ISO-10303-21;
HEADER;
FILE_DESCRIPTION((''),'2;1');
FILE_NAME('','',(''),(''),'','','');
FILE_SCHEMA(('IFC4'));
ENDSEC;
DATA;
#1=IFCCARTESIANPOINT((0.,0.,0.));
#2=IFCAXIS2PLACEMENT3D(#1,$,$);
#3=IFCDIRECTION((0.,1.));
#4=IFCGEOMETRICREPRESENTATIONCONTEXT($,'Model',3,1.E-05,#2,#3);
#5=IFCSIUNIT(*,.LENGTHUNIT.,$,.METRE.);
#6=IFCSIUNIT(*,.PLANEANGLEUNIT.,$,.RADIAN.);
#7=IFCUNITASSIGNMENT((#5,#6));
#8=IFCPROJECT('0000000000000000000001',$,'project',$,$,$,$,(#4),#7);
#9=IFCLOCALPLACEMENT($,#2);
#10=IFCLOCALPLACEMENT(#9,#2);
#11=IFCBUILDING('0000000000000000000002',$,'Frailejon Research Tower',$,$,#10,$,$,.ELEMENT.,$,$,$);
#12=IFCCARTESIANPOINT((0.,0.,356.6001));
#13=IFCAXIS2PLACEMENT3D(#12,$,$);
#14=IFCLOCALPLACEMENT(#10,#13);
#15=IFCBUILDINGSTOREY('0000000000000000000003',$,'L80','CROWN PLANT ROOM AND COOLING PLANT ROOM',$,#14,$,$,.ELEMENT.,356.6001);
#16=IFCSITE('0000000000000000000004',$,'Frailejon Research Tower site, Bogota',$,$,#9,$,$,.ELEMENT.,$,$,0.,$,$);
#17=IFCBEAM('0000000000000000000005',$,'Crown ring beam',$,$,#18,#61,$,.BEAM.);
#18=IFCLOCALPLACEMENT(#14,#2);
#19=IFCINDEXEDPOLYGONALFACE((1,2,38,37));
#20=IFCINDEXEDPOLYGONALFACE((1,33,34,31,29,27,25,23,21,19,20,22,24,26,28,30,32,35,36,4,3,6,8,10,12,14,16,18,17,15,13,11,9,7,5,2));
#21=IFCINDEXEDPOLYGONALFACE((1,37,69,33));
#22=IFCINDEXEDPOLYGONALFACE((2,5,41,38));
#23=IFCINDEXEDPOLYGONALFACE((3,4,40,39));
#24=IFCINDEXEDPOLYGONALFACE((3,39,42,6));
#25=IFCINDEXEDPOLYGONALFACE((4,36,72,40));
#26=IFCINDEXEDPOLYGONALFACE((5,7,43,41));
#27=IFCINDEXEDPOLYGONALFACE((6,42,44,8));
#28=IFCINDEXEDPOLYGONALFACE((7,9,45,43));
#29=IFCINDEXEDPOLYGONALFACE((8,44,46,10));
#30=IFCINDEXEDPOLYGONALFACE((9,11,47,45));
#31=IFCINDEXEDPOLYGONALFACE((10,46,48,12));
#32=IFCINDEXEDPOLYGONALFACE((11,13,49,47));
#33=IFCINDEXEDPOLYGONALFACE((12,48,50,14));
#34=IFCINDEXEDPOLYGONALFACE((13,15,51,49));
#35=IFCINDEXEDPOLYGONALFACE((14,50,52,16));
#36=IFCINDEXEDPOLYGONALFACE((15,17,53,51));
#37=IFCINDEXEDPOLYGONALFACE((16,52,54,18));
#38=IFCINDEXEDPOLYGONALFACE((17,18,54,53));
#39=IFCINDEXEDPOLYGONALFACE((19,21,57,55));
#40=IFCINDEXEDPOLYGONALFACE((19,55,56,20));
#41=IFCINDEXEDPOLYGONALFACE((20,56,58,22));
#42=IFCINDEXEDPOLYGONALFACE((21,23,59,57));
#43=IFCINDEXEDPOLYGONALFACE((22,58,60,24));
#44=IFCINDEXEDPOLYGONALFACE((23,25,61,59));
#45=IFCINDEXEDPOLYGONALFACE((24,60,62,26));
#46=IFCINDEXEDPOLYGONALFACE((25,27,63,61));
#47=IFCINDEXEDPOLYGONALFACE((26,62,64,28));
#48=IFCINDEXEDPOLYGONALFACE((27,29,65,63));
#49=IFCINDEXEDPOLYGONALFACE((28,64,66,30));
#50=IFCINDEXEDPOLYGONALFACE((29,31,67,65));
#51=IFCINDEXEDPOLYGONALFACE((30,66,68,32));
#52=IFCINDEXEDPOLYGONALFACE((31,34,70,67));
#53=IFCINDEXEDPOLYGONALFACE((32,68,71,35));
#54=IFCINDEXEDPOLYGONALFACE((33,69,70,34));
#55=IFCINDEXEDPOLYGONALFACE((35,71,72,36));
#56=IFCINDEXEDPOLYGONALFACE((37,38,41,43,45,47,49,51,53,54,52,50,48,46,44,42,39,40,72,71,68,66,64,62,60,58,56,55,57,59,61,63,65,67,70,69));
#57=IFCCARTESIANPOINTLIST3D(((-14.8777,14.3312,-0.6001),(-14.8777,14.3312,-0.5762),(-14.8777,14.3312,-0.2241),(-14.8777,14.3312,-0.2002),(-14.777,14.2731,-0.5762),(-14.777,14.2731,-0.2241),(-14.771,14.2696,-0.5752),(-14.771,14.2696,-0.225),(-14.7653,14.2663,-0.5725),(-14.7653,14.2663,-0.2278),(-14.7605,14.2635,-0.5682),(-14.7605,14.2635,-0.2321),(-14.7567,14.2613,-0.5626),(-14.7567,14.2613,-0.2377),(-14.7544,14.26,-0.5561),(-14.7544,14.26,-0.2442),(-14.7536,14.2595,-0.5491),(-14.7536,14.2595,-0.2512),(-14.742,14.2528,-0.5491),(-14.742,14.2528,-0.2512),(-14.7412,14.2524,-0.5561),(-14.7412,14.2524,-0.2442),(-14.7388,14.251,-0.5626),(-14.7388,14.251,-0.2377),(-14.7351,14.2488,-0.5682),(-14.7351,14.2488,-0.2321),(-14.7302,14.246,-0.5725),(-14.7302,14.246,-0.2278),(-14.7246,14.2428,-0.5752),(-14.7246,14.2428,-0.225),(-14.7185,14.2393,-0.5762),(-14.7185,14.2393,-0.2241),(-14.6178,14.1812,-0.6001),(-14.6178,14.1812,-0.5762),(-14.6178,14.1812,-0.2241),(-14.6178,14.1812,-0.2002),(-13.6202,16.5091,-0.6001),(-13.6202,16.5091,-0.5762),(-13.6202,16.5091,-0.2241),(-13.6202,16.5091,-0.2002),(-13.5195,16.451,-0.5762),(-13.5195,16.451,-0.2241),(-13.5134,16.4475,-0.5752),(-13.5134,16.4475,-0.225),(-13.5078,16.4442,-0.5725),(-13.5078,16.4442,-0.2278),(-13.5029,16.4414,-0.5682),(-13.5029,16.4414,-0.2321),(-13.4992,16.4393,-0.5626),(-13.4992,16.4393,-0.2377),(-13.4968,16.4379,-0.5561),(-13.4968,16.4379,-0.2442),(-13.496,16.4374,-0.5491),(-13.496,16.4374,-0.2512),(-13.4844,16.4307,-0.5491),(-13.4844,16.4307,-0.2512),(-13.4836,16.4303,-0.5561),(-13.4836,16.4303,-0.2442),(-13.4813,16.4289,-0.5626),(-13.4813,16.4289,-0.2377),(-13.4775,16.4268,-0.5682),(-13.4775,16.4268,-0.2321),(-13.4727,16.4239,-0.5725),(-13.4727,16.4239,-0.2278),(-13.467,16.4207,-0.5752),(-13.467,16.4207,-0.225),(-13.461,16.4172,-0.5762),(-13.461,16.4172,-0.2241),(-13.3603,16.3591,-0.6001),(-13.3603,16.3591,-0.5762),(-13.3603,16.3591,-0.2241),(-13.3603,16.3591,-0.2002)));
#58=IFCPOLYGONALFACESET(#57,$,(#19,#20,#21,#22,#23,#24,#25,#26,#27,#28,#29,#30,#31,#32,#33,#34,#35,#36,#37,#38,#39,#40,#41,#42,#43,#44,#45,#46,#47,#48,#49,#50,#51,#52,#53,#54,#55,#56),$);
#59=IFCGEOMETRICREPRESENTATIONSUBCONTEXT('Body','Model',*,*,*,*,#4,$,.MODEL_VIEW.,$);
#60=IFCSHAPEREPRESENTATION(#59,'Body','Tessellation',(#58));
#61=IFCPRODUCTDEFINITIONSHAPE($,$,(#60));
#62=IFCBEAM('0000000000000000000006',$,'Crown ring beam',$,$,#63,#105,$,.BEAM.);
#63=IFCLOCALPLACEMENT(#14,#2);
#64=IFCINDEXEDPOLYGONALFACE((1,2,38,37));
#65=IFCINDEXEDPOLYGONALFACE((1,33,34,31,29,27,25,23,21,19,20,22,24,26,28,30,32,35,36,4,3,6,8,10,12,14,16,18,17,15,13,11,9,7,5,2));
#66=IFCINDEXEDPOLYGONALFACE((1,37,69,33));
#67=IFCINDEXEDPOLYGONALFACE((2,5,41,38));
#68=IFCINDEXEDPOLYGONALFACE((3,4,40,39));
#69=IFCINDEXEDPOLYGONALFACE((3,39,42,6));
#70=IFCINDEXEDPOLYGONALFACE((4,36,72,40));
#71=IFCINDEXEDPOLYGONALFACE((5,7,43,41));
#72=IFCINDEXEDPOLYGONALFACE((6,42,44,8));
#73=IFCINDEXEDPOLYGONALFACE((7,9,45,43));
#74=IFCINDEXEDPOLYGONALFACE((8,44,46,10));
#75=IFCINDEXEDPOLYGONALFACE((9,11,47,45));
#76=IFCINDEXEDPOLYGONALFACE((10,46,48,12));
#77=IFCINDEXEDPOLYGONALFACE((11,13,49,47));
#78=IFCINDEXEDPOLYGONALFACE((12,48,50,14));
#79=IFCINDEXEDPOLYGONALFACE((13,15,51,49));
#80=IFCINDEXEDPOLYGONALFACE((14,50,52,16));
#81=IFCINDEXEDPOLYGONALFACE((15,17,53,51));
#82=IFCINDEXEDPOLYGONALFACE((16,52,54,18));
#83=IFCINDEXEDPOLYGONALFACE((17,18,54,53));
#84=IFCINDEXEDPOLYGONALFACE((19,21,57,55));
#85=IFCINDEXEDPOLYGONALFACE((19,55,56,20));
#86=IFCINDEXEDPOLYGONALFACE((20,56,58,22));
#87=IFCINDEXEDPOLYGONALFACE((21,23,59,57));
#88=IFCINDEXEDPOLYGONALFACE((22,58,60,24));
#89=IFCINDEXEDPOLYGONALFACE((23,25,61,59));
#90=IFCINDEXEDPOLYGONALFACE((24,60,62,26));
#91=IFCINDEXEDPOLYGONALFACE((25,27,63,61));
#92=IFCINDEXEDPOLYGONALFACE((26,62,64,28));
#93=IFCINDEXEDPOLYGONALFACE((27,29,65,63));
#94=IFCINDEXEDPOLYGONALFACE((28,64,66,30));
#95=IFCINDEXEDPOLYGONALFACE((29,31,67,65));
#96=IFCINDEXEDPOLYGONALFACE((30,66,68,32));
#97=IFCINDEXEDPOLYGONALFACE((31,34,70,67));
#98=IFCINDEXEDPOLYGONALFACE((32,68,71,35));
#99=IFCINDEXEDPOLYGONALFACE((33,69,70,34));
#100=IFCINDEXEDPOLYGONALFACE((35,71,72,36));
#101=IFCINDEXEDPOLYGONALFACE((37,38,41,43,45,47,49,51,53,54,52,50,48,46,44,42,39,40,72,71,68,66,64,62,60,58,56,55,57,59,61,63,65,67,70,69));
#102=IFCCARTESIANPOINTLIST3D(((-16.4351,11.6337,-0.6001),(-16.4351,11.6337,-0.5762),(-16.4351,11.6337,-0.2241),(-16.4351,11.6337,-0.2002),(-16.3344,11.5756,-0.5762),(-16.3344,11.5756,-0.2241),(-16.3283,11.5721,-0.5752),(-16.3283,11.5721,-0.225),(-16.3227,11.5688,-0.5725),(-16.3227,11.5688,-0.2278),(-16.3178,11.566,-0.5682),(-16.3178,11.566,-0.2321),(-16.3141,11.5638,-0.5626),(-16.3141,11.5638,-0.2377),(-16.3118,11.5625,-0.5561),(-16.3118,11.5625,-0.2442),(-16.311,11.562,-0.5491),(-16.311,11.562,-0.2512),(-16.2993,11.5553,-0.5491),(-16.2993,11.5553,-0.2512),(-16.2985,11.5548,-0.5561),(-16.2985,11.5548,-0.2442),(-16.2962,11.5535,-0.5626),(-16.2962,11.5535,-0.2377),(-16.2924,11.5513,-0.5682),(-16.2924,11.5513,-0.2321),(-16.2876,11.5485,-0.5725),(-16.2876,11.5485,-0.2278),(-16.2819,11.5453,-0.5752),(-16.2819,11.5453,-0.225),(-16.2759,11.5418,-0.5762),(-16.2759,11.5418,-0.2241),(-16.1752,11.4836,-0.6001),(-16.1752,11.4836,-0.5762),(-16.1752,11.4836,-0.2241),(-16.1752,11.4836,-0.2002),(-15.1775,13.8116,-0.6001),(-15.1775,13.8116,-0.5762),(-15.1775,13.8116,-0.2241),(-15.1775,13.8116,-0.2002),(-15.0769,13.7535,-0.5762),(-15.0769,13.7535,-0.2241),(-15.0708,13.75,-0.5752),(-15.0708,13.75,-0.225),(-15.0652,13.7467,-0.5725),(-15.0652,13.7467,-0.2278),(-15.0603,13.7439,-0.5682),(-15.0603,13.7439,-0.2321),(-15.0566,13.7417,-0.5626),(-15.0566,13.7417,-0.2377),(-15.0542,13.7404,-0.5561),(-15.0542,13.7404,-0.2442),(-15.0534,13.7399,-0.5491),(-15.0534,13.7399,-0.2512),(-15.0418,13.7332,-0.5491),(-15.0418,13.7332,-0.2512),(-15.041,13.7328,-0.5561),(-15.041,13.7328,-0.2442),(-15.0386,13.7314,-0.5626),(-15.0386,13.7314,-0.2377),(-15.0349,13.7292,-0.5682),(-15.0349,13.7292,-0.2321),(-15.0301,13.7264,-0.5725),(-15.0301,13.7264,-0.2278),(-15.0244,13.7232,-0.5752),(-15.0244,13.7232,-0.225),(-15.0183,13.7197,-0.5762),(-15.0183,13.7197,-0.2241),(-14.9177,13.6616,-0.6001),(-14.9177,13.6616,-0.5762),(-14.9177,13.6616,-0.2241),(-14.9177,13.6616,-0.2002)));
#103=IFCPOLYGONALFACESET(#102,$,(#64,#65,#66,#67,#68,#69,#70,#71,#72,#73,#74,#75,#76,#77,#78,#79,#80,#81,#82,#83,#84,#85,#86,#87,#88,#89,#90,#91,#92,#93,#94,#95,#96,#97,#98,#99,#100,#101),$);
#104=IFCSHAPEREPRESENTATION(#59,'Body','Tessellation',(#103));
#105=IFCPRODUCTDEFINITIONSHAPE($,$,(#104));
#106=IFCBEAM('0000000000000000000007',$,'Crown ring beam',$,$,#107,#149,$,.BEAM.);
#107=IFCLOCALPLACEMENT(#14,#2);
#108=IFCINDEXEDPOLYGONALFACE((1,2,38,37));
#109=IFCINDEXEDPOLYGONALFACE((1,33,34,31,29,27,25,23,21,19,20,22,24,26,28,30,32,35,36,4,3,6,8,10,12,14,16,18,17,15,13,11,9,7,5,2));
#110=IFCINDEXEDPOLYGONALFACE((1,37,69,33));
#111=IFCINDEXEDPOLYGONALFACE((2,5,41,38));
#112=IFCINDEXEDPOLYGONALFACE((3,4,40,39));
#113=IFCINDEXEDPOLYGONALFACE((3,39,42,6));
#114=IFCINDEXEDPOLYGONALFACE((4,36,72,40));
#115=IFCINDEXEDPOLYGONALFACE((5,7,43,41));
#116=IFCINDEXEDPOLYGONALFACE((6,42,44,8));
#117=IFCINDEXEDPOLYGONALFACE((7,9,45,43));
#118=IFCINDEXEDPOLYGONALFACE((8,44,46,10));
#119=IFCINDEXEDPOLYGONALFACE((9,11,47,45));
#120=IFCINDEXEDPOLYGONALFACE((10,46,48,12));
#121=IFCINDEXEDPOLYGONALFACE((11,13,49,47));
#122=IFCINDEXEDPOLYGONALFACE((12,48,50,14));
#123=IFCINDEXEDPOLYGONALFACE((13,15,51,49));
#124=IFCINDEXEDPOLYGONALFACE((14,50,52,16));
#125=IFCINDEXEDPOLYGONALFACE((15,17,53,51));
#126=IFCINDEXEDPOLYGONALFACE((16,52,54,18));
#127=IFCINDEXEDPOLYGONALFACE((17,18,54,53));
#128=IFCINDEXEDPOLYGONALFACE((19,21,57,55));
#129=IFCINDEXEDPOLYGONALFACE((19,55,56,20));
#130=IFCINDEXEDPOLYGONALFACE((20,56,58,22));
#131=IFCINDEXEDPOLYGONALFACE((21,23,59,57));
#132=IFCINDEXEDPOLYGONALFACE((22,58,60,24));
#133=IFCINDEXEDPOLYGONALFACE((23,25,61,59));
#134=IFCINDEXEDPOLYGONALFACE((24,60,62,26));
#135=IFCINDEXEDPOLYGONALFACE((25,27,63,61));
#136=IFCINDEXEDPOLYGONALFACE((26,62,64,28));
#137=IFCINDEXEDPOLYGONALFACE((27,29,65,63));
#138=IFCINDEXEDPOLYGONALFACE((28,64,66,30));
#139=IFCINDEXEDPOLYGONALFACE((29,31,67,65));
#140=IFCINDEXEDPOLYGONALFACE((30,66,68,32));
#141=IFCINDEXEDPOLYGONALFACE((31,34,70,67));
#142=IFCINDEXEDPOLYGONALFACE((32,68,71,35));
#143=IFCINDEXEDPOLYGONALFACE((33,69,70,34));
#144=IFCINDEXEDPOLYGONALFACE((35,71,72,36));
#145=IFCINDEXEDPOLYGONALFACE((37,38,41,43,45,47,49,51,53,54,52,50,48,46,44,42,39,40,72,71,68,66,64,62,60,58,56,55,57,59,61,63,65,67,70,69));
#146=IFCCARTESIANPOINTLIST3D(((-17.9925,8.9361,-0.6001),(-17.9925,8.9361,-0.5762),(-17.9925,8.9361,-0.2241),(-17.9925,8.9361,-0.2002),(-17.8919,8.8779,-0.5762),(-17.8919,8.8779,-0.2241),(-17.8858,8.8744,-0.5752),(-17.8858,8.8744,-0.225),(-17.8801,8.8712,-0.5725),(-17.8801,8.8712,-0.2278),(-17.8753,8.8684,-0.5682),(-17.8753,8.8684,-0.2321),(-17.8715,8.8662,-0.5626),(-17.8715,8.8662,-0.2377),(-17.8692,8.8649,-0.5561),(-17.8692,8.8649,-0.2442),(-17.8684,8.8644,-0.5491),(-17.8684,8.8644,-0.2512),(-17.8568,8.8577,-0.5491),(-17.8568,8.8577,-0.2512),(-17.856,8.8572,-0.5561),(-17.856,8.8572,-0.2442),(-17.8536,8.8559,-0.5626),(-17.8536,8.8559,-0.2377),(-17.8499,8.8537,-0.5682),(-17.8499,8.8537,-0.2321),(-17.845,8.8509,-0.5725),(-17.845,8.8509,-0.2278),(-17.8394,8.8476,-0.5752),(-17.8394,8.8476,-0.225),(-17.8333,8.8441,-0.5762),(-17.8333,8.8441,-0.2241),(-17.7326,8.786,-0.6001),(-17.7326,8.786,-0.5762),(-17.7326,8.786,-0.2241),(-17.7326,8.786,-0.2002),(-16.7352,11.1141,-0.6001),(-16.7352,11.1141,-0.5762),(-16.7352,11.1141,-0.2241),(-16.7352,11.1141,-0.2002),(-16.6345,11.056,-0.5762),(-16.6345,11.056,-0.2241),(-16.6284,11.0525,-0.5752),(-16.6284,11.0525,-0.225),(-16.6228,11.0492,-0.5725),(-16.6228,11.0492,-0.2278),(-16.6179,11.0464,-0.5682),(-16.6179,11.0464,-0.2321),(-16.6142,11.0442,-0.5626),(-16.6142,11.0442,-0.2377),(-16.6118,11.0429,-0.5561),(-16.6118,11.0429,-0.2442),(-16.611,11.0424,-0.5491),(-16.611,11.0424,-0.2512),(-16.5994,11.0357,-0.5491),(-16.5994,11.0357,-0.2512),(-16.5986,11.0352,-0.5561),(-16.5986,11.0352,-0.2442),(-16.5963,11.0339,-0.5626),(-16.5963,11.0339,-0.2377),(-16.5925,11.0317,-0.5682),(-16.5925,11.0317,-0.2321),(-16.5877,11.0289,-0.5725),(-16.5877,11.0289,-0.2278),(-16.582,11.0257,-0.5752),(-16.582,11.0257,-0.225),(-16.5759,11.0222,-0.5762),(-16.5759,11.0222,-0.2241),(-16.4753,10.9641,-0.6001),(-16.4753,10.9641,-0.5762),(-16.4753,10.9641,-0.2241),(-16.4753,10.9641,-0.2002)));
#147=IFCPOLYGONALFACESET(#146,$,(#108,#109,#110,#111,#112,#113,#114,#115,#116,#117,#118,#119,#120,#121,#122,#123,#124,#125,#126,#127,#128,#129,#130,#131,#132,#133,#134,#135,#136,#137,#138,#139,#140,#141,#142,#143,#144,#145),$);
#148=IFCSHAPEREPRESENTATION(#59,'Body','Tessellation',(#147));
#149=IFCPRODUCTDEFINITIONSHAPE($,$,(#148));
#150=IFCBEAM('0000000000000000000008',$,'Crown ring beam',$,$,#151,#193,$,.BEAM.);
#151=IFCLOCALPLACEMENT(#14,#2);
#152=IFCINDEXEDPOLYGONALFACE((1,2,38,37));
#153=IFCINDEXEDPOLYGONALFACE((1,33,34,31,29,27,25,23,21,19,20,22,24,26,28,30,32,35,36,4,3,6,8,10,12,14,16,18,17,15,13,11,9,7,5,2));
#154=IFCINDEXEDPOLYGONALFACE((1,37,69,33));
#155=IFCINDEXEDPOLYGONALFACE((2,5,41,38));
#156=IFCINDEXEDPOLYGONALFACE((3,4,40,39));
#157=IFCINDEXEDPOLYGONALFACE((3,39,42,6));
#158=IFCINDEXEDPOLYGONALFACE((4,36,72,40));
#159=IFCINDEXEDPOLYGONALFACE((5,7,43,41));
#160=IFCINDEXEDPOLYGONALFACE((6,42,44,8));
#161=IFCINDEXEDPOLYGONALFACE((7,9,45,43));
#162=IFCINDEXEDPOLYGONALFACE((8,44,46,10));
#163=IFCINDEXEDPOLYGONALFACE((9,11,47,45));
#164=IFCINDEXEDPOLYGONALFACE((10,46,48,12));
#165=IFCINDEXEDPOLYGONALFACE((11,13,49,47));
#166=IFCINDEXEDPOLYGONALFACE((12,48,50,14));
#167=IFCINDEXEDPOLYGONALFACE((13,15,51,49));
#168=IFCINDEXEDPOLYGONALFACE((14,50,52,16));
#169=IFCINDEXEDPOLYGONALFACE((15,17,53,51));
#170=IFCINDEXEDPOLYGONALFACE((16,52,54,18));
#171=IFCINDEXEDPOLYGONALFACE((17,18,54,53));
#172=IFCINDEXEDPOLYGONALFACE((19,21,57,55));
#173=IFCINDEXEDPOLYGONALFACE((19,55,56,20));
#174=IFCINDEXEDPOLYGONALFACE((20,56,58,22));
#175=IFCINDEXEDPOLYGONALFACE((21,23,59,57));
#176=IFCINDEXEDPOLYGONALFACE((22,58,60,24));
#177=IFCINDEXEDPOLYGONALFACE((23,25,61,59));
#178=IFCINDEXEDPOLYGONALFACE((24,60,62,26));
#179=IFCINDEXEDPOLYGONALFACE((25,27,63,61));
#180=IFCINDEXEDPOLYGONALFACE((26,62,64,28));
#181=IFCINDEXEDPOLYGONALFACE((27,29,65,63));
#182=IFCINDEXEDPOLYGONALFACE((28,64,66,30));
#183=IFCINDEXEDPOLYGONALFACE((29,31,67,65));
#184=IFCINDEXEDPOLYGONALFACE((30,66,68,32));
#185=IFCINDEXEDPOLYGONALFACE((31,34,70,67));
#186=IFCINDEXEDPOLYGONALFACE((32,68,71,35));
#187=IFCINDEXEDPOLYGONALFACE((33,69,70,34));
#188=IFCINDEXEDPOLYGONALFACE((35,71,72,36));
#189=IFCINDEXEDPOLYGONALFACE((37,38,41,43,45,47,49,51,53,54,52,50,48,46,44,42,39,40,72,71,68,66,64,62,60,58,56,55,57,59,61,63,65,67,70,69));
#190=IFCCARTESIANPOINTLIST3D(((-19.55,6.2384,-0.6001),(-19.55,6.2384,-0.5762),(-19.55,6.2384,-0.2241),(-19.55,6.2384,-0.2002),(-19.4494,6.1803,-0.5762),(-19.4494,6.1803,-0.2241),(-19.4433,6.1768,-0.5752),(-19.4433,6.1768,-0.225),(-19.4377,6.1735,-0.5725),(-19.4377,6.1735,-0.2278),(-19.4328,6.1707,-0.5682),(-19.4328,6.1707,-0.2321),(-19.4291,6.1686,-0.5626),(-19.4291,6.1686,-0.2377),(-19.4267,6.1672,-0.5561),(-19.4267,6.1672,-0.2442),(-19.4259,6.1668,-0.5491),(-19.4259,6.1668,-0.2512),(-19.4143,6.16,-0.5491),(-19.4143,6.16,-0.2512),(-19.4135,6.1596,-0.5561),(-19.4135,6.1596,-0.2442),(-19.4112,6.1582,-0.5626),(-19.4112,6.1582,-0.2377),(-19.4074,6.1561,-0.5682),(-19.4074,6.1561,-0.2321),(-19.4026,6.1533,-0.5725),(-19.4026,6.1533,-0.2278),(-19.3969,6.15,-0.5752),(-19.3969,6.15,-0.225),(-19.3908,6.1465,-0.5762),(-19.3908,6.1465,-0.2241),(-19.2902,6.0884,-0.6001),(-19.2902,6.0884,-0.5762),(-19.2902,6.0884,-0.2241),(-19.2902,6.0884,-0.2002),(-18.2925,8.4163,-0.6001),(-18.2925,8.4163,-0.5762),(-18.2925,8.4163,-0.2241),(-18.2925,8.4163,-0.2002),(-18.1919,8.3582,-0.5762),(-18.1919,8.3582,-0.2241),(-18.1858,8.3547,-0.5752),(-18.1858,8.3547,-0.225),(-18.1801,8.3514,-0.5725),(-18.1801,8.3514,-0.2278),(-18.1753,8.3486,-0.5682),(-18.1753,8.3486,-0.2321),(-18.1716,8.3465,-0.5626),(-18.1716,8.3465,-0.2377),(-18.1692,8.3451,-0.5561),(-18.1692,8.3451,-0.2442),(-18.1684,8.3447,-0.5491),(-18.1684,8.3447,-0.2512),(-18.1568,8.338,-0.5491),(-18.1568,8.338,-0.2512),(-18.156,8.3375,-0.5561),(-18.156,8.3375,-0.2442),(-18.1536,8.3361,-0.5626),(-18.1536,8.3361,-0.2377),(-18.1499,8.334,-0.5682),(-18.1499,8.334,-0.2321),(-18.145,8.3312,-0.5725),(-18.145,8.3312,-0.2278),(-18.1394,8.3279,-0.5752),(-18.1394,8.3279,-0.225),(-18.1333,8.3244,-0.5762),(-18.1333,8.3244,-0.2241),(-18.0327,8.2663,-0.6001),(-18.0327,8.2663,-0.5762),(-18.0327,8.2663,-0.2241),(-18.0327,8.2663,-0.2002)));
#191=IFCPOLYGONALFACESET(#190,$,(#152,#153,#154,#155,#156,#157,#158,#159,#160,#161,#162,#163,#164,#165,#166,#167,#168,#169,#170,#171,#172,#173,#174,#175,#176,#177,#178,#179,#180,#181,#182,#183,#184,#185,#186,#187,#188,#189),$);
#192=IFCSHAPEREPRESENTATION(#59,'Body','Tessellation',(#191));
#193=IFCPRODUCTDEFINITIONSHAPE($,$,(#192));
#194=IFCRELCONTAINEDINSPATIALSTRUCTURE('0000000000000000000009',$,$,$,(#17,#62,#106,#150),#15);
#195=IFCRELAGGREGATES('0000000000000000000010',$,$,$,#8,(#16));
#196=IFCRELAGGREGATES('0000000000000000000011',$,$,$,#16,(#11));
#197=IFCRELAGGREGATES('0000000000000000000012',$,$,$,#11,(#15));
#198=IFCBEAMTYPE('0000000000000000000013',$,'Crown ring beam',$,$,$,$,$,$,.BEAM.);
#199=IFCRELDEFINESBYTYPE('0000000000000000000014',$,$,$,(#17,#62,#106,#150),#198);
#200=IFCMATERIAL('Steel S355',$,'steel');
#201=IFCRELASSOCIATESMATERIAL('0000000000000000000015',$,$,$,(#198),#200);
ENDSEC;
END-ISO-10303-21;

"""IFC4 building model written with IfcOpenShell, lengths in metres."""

from ifc_helpers import new_model, si_unit, direction, frame, origin, origin_2d, place, context, subcontext, project, spatial, i_section, extrude, material, material_profile, profile_set, type_object, element, save


model = new_model("IFC4")

# Units and contexts
model_context = context("Model", 3, precision=1e-05, world=origin(), true_north=direction((0.0, 1.0)))
body_context = subcontext(model_context, "Body", "Model", "MODEL_VIEW")
ifc_project = project(units=[si_unit("LENGTHUNIT", "METRE"), si_unit("PLANEANGLEUNIT", "RADIAN")], contexts=[model_context])

# Site, building, storey
site_placement = place(None, origin())
site = spatial("IfcSite", under=ifc_project, at=site_placement, Name="Frailejon Research Tower site, Bogota", CompositionType="ELEMENT", RefElevation=0.0)
building_placement = place(site_placement, origin())
building = spatial("IfcBuilding", under=site, at=building_placement, Name="Frailejon Research Tower", CompositionType="ELEMENT")
storey_placement = place(building_placement, frame((0.0, 0.0, 356.6001)))
storey = spatial("IfcBuildingStorey", under=building, at=storey_placement, Name="L80", Description="CROWN PLANT ROOM AND COOLING PLANT ROOM", CompositionType="ELEMENT", Elevation=356.6001)

# Beams
ifc_material_1 = material(Name="Steel S355", Category="steel")
ifc_material_profile_1 = material_profile(ifc_material_1, i_section(OverallWidth=0.3, OverallDepth=0.3999, WebThickness=0.0134, FlangeThickness=0.0239, FilletRadius=0.0271, at=origin_2d()), Name="HE 400 B")
ifc_profile_set_1 = profile_set([ifc_material_profile_1], Name="Steel S355")
beam_type_1 = type_object("IfcBeamType", Name="Crown ring beam", PredefinedType="BEAM", material=ifc_profile_set_1)
for number, where, z_axis, x_axis, name in (
    (1, (-13.4902, 16.4341, -0.4001), (-0.500033, -0.866006, 0.0), (0.866006, -0.500033, 0.0), "Crown ring beam"),
    (2, (-15.0476, 13.7366, -0.4001), (-0.500033, -0.866006, 0.0), (0.866006, -0.500033, 0.0), "Crown ring beam"),
    (3, (-16.6052, 11.0391, -0.4001), (-0.499961, -0.866048, 0.0), (0.866048, -0.499961, 0.0), "Crown ring beam"),
    (4, (-18.1626, 8.3413, -0.4001), (-0.500033, -0.866006, 0.0), (0.866006, -0.500033, 0.0), "Crown ring beam"),
):
    element("IfcBeam", number, at=place(storey_placement, frame(where, z_axis=z_axis, x_axis=x_axis)), inside=storey, type_object=beam_type_1, Name=name, PredefinedType="BEAM", context=body_context, shape_type="SweptSolid", body=[
        extrude(i_section(OverallWidth=0.3, OverallDepth=0.3999, WebThickness=0.0134, FlangeThickness=0.0239, FilletRadius=0.0271, at=origin_2d()), origin(), (0.0, 0.0, 1.0), 2.5149),
    ])

save(model, "model.ifc")
